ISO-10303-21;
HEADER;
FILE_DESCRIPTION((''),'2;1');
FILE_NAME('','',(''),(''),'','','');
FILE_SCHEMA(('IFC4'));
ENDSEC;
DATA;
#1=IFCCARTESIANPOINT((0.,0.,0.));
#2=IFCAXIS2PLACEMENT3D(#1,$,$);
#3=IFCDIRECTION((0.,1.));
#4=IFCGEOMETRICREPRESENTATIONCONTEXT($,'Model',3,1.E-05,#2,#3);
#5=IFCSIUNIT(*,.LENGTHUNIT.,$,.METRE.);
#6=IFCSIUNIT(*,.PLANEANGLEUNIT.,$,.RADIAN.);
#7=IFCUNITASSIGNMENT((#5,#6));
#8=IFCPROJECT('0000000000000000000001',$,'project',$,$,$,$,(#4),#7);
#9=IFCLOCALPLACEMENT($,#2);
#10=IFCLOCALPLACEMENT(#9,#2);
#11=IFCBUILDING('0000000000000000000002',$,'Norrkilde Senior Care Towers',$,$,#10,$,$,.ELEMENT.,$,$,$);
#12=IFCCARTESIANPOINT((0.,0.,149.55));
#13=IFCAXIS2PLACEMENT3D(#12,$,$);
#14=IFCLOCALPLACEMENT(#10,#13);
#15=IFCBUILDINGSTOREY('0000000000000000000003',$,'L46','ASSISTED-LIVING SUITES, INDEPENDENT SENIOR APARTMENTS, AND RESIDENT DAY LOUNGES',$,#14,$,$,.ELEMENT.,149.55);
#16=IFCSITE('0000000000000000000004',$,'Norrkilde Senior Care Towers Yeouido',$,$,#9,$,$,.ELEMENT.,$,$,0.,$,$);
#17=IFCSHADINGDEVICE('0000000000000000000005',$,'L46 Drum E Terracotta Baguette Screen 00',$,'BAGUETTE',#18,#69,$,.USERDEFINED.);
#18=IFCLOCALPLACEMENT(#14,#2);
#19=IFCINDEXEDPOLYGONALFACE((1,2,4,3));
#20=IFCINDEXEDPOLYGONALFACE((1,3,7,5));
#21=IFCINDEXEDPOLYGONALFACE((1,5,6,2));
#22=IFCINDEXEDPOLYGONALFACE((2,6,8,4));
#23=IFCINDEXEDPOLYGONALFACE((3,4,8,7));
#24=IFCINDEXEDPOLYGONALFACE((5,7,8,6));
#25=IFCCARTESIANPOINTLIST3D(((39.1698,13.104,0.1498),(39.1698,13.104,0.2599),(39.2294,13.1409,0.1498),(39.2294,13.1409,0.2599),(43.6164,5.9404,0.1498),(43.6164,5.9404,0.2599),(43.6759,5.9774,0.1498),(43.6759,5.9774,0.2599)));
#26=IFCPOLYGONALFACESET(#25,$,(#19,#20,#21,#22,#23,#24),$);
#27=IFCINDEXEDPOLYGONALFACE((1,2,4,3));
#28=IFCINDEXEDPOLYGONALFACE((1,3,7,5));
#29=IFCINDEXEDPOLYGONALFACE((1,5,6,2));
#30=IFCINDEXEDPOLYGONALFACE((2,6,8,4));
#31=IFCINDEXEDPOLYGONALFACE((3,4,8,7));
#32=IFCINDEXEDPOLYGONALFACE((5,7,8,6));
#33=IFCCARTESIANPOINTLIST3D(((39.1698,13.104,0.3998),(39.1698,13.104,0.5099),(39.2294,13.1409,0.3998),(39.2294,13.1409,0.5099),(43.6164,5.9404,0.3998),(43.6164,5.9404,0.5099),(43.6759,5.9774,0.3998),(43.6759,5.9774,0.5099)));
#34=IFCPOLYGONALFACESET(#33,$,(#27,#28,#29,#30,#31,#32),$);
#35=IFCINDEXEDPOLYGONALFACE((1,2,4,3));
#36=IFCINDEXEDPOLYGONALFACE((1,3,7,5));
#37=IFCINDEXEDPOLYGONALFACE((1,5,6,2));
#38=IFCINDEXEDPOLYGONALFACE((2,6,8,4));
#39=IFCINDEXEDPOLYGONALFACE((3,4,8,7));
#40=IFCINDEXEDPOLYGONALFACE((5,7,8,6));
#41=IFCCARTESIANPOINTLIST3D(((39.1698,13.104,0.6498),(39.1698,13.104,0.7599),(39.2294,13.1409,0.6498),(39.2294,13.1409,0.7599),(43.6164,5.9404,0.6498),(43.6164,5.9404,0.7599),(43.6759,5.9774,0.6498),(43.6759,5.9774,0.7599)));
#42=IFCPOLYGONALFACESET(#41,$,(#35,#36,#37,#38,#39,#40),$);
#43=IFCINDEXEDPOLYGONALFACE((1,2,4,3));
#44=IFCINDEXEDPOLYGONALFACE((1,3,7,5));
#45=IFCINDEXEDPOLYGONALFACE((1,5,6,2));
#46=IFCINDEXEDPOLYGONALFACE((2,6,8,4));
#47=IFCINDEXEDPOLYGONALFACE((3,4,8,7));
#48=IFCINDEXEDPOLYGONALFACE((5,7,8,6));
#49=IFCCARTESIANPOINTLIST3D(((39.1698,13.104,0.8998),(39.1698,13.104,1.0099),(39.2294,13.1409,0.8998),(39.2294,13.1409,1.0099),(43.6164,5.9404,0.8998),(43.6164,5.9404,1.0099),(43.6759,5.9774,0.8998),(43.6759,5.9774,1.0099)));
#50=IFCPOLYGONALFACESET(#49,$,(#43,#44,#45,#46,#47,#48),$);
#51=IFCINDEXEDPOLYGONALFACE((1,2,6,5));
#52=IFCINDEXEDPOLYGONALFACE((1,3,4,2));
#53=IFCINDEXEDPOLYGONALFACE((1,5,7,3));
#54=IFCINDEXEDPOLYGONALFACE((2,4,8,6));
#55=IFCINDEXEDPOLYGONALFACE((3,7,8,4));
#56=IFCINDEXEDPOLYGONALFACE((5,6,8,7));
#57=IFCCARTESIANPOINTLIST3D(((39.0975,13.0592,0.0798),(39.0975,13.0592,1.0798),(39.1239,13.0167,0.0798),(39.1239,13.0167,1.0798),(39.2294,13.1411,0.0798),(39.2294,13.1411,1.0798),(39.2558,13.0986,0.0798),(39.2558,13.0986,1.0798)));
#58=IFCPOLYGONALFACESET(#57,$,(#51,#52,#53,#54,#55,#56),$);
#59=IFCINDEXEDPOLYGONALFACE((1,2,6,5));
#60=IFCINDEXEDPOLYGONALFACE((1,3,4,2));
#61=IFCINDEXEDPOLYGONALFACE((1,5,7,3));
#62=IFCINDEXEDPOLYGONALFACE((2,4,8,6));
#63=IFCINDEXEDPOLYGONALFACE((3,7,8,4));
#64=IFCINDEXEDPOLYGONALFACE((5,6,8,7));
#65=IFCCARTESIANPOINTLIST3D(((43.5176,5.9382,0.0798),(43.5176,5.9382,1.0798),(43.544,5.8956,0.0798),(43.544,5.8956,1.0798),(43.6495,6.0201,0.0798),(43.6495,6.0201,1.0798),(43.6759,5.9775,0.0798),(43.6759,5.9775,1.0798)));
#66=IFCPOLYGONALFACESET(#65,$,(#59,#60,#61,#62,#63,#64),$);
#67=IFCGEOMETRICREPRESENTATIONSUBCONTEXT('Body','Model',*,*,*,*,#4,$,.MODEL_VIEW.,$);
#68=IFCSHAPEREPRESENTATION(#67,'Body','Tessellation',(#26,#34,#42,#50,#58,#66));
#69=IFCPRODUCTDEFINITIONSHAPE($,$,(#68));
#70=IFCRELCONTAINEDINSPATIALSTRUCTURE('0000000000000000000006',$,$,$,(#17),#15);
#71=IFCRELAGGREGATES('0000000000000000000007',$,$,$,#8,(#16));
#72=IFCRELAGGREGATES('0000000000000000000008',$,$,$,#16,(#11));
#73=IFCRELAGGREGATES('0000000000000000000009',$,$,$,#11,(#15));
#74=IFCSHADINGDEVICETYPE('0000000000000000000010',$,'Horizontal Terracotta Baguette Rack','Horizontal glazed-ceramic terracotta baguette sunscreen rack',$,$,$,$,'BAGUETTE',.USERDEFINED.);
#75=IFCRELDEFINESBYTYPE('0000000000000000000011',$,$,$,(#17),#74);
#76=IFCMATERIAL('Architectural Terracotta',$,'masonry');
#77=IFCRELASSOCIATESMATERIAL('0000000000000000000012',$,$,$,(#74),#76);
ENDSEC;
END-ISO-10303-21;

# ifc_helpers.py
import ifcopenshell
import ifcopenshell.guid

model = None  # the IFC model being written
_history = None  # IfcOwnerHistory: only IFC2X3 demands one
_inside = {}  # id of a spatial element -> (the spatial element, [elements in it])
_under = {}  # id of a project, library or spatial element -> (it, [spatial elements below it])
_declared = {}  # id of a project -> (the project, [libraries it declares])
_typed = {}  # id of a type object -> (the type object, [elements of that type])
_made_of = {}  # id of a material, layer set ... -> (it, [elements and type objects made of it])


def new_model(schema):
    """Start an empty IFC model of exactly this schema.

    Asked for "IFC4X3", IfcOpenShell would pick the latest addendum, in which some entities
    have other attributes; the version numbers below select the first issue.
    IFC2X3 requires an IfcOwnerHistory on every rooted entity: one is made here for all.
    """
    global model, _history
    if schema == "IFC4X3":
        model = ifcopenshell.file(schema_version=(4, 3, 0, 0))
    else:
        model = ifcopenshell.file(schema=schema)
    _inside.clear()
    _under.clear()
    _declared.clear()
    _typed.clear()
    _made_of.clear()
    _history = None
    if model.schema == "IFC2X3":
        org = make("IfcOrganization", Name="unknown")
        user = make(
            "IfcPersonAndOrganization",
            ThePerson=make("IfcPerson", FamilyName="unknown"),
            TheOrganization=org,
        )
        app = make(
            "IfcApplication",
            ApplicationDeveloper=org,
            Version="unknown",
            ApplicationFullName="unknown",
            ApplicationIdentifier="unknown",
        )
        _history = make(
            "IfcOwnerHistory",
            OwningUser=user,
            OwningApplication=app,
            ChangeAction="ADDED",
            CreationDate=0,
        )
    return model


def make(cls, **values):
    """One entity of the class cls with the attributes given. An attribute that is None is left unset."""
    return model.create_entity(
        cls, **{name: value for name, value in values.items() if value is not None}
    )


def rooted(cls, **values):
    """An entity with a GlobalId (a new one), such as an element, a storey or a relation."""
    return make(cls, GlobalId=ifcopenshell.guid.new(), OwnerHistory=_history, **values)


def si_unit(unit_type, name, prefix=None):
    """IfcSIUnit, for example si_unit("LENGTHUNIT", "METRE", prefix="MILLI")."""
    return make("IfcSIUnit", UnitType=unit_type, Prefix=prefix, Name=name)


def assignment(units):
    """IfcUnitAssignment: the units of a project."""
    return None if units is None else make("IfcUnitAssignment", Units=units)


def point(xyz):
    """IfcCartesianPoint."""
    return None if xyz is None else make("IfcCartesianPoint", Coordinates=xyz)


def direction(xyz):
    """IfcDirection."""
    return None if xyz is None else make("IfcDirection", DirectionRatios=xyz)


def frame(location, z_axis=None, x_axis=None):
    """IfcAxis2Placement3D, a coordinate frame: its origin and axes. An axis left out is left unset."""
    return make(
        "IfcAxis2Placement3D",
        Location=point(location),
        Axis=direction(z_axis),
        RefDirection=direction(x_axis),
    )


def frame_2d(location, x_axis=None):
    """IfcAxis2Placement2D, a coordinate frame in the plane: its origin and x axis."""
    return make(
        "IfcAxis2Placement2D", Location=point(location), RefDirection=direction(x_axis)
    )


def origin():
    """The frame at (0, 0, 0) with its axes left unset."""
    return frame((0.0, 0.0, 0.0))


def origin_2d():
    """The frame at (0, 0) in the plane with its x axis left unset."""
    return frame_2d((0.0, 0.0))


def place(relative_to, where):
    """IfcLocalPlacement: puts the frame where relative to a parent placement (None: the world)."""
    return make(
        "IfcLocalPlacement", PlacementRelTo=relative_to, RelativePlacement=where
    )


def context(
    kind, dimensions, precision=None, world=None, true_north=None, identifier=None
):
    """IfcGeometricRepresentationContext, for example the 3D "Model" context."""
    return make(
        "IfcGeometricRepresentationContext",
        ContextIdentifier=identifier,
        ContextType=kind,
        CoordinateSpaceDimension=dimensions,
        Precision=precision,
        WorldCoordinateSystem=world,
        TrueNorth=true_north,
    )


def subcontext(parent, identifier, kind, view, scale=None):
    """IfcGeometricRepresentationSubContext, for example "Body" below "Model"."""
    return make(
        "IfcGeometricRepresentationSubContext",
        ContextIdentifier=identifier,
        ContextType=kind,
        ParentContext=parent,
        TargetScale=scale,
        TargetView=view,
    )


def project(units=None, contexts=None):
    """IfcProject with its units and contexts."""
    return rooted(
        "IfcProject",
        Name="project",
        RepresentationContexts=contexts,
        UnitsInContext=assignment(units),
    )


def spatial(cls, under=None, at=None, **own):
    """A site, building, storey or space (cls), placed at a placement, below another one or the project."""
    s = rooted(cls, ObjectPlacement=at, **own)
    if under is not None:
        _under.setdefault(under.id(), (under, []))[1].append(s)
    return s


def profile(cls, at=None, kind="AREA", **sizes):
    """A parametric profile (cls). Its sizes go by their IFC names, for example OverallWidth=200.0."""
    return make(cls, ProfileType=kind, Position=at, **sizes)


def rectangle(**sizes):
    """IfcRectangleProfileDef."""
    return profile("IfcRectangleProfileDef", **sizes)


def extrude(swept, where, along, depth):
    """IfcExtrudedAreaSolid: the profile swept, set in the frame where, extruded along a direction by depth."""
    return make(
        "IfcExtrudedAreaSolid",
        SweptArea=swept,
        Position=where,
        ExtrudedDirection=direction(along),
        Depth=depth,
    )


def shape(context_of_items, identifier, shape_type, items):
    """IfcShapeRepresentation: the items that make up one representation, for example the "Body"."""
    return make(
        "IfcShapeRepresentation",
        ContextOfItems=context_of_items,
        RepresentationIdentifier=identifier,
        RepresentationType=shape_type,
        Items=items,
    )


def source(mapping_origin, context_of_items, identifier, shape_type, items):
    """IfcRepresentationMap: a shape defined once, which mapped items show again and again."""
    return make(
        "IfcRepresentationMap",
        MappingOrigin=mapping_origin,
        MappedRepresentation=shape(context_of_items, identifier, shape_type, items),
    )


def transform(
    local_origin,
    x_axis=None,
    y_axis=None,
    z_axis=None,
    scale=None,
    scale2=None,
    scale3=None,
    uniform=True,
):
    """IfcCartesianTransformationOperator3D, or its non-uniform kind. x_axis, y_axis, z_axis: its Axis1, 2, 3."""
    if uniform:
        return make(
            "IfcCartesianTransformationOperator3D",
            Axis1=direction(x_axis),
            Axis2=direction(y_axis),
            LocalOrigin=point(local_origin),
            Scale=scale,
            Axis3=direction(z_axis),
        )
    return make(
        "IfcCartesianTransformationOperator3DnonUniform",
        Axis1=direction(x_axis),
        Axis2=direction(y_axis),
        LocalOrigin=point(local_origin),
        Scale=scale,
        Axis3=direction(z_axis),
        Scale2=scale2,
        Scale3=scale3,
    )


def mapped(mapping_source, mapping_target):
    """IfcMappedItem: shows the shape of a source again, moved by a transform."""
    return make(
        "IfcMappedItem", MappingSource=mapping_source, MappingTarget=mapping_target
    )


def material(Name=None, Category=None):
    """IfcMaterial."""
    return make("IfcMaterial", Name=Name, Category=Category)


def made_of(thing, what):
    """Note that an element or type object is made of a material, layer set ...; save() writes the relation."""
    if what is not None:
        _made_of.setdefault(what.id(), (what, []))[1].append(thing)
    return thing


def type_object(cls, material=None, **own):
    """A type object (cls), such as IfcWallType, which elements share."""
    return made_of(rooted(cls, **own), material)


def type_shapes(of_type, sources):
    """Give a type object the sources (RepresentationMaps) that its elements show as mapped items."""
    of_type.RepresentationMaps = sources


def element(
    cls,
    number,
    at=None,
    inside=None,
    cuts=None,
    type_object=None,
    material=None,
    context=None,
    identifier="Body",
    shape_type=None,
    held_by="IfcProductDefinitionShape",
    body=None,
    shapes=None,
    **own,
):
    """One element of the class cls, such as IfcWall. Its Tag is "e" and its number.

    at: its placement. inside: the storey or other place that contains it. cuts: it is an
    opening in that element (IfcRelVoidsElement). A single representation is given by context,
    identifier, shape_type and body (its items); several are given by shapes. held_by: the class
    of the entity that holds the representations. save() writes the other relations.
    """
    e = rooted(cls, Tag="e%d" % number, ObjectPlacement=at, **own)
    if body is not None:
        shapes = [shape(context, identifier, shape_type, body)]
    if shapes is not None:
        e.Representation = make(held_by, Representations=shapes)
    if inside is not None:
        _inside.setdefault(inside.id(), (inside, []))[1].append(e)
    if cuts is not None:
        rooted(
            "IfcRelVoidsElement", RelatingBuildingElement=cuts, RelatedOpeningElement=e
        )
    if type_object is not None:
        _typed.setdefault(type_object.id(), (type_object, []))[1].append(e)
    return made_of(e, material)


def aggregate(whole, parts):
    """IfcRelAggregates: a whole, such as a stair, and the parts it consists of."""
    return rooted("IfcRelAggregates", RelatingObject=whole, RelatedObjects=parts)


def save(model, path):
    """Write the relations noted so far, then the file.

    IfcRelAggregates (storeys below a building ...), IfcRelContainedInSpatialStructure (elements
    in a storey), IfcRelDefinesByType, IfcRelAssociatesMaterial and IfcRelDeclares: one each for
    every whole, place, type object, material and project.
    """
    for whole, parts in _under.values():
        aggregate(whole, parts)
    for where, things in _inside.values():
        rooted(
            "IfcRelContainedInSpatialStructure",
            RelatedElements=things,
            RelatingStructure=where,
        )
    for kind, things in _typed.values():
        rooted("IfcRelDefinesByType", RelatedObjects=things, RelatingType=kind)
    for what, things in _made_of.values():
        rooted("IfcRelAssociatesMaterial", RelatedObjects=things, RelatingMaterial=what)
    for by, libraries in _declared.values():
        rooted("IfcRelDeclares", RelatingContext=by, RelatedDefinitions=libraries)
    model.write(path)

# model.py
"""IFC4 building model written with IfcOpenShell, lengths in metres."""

from ifc_helpers import new_model, si_unit, direction, frame, origin, origin_2d, place, context, subcontext, project, spatial, rectangle, extrude, source, transform, mapped, material, type_object, type_shapes, element, save


model = new_model("IFC4")

# Units and contexts
model_context = context("Model", 3, precision=1e-05, world=origin(), true_north=direction((0.0, 1.0)))
body_context = subcontext(model_context, "Body", "Model", "MODEL_VIEW")
ifc_project = project(units=[si_unit("LENGTHUNIT", "METRE"), si_unit("PLANEANGLEUNIT", "RADIAN")], contexts=[model_context])

# Site, building, storey
site_placement = place(None, origin())
site = spatial("IfcSite", under=ifc_project, at=site_placement, Name="Norrkilde Senior Care Towers Yeouido", CompositionType="ELEMENT", RefElevation=0.0)
building_placement = place(site_placement, origin())
building = spatial("IfcBuilding", under=site, at=building_placement, Name="Norrkilde Senior Care Towers", CompositionType="ELEMENT")
storey_placement = place(building_placement, frame((0.0, 0.0, 149.55)))
storey = spatial("IfcBuildingStorey", under=building, at=storey_placement, Name="L46", Description="ASSISTED-LIVING SUITES, INDEPENDENT SENIOR APARTMENTS, AND RESIDENT DAY LOUNGES", CompositionType="ELEMENT", Elevation=149.55)

# Shading device
ifc_material_1 = material(Name="Architectural Terracotta", Category="masonry")
shading_device_type = type_object("IfcShadingDeviceType", Name="Horizontal Terracotta Baguette Rack", Description="Horizontal glazed-ceramic terracotta baguette sunscreen rack", ElementType="BAGUETTE", PredefinedType="USERDEFINED", material=ifc_material_1)
shared_shape_1 = source(origin(), body_context, "Body", "SweptSolid", [
    extrude(rectangle(XDim=0.0701, YDim=0.1101, at=origin_2d()), frame((0.0, 0.0901, 0.125), z_axis=(1.0, 0.0, 0.0), x_axis=(0.0, 1.0, 0.0)), (0.0, 0.0, 1.0), 8.4314),
    extrude(rectangle(XDim=0.0701, YDim=0.1101, at=origin_2d()), frame((0.0, 0.0901, 0.375), z_axis=(1.0, 0.0, 0.0), x_axis=(0.0, 1.0, 0.0)), (0.0, 0.0, 1.0), 8.4314),
    extrude(rectangle(XDim=0.0701, YDim=0.1101, at=origin_2d()), frame((0.0, 0.0901, 0.625), z_axis=(1.0, 0.0, 0.0), x_axis=(0.0, 1.0, 0.0)), (0.0, 0.0, 1.0), 8.4314),
    extrude(rectangle(XDim=0.0701, YDim=0.1101, at=origin_2d()), frame((0.0, 0.0901, 0.875), z_axis=(1.0, 0.0, 0.0), x_axis=(0.0, 1.0, 0.0)), (0.0, 0.0, 1.0), 8.4314),
    extrude(rectangle(XDim=0.05, YDim=0.1553, at=origin_2d()), frame((0.0249, 0.0476, 0.0)), (0.0, 0.0, 1.0), 1.0),
    extrude(rectangle(XDim=0.05, YDim=0.1553, at=origin_2d()), frame((8.4062, 0.0476, 0.0)), (0.0, 0.0, 1.0), 1.0),
])
type_shapes(shading_device_type, [shared_shape_1])
shading_device_placement = place(storey_placement, frame((39.123, 13.075, 0.0798), z_axis=(0.0, 0.0, 1.0), x_axis=(0.527378, -0.849631, 0.0)))
element("IfcShadingDevice", 1, at=shading_device_placement, inside=storey, type_object=shading_device_type, Name="L46 Drum E Terracotta Baguette Screen 00", ObjectType="BAGUETTE", PredefinedType="USERDEFINED", context=body_context, shape_type="MappedRepresentation", body=[
    mapped(shared_shape_1, transform((0.0, 0.0, 0.0), x_axis=(1.0, 0.0, 0.0), y_axis=(0.0, 1.0, 0.0), z_axis=(0.0, 0.0, 1.0), scale=1.0)),
])

save(model, "model.ifc")
